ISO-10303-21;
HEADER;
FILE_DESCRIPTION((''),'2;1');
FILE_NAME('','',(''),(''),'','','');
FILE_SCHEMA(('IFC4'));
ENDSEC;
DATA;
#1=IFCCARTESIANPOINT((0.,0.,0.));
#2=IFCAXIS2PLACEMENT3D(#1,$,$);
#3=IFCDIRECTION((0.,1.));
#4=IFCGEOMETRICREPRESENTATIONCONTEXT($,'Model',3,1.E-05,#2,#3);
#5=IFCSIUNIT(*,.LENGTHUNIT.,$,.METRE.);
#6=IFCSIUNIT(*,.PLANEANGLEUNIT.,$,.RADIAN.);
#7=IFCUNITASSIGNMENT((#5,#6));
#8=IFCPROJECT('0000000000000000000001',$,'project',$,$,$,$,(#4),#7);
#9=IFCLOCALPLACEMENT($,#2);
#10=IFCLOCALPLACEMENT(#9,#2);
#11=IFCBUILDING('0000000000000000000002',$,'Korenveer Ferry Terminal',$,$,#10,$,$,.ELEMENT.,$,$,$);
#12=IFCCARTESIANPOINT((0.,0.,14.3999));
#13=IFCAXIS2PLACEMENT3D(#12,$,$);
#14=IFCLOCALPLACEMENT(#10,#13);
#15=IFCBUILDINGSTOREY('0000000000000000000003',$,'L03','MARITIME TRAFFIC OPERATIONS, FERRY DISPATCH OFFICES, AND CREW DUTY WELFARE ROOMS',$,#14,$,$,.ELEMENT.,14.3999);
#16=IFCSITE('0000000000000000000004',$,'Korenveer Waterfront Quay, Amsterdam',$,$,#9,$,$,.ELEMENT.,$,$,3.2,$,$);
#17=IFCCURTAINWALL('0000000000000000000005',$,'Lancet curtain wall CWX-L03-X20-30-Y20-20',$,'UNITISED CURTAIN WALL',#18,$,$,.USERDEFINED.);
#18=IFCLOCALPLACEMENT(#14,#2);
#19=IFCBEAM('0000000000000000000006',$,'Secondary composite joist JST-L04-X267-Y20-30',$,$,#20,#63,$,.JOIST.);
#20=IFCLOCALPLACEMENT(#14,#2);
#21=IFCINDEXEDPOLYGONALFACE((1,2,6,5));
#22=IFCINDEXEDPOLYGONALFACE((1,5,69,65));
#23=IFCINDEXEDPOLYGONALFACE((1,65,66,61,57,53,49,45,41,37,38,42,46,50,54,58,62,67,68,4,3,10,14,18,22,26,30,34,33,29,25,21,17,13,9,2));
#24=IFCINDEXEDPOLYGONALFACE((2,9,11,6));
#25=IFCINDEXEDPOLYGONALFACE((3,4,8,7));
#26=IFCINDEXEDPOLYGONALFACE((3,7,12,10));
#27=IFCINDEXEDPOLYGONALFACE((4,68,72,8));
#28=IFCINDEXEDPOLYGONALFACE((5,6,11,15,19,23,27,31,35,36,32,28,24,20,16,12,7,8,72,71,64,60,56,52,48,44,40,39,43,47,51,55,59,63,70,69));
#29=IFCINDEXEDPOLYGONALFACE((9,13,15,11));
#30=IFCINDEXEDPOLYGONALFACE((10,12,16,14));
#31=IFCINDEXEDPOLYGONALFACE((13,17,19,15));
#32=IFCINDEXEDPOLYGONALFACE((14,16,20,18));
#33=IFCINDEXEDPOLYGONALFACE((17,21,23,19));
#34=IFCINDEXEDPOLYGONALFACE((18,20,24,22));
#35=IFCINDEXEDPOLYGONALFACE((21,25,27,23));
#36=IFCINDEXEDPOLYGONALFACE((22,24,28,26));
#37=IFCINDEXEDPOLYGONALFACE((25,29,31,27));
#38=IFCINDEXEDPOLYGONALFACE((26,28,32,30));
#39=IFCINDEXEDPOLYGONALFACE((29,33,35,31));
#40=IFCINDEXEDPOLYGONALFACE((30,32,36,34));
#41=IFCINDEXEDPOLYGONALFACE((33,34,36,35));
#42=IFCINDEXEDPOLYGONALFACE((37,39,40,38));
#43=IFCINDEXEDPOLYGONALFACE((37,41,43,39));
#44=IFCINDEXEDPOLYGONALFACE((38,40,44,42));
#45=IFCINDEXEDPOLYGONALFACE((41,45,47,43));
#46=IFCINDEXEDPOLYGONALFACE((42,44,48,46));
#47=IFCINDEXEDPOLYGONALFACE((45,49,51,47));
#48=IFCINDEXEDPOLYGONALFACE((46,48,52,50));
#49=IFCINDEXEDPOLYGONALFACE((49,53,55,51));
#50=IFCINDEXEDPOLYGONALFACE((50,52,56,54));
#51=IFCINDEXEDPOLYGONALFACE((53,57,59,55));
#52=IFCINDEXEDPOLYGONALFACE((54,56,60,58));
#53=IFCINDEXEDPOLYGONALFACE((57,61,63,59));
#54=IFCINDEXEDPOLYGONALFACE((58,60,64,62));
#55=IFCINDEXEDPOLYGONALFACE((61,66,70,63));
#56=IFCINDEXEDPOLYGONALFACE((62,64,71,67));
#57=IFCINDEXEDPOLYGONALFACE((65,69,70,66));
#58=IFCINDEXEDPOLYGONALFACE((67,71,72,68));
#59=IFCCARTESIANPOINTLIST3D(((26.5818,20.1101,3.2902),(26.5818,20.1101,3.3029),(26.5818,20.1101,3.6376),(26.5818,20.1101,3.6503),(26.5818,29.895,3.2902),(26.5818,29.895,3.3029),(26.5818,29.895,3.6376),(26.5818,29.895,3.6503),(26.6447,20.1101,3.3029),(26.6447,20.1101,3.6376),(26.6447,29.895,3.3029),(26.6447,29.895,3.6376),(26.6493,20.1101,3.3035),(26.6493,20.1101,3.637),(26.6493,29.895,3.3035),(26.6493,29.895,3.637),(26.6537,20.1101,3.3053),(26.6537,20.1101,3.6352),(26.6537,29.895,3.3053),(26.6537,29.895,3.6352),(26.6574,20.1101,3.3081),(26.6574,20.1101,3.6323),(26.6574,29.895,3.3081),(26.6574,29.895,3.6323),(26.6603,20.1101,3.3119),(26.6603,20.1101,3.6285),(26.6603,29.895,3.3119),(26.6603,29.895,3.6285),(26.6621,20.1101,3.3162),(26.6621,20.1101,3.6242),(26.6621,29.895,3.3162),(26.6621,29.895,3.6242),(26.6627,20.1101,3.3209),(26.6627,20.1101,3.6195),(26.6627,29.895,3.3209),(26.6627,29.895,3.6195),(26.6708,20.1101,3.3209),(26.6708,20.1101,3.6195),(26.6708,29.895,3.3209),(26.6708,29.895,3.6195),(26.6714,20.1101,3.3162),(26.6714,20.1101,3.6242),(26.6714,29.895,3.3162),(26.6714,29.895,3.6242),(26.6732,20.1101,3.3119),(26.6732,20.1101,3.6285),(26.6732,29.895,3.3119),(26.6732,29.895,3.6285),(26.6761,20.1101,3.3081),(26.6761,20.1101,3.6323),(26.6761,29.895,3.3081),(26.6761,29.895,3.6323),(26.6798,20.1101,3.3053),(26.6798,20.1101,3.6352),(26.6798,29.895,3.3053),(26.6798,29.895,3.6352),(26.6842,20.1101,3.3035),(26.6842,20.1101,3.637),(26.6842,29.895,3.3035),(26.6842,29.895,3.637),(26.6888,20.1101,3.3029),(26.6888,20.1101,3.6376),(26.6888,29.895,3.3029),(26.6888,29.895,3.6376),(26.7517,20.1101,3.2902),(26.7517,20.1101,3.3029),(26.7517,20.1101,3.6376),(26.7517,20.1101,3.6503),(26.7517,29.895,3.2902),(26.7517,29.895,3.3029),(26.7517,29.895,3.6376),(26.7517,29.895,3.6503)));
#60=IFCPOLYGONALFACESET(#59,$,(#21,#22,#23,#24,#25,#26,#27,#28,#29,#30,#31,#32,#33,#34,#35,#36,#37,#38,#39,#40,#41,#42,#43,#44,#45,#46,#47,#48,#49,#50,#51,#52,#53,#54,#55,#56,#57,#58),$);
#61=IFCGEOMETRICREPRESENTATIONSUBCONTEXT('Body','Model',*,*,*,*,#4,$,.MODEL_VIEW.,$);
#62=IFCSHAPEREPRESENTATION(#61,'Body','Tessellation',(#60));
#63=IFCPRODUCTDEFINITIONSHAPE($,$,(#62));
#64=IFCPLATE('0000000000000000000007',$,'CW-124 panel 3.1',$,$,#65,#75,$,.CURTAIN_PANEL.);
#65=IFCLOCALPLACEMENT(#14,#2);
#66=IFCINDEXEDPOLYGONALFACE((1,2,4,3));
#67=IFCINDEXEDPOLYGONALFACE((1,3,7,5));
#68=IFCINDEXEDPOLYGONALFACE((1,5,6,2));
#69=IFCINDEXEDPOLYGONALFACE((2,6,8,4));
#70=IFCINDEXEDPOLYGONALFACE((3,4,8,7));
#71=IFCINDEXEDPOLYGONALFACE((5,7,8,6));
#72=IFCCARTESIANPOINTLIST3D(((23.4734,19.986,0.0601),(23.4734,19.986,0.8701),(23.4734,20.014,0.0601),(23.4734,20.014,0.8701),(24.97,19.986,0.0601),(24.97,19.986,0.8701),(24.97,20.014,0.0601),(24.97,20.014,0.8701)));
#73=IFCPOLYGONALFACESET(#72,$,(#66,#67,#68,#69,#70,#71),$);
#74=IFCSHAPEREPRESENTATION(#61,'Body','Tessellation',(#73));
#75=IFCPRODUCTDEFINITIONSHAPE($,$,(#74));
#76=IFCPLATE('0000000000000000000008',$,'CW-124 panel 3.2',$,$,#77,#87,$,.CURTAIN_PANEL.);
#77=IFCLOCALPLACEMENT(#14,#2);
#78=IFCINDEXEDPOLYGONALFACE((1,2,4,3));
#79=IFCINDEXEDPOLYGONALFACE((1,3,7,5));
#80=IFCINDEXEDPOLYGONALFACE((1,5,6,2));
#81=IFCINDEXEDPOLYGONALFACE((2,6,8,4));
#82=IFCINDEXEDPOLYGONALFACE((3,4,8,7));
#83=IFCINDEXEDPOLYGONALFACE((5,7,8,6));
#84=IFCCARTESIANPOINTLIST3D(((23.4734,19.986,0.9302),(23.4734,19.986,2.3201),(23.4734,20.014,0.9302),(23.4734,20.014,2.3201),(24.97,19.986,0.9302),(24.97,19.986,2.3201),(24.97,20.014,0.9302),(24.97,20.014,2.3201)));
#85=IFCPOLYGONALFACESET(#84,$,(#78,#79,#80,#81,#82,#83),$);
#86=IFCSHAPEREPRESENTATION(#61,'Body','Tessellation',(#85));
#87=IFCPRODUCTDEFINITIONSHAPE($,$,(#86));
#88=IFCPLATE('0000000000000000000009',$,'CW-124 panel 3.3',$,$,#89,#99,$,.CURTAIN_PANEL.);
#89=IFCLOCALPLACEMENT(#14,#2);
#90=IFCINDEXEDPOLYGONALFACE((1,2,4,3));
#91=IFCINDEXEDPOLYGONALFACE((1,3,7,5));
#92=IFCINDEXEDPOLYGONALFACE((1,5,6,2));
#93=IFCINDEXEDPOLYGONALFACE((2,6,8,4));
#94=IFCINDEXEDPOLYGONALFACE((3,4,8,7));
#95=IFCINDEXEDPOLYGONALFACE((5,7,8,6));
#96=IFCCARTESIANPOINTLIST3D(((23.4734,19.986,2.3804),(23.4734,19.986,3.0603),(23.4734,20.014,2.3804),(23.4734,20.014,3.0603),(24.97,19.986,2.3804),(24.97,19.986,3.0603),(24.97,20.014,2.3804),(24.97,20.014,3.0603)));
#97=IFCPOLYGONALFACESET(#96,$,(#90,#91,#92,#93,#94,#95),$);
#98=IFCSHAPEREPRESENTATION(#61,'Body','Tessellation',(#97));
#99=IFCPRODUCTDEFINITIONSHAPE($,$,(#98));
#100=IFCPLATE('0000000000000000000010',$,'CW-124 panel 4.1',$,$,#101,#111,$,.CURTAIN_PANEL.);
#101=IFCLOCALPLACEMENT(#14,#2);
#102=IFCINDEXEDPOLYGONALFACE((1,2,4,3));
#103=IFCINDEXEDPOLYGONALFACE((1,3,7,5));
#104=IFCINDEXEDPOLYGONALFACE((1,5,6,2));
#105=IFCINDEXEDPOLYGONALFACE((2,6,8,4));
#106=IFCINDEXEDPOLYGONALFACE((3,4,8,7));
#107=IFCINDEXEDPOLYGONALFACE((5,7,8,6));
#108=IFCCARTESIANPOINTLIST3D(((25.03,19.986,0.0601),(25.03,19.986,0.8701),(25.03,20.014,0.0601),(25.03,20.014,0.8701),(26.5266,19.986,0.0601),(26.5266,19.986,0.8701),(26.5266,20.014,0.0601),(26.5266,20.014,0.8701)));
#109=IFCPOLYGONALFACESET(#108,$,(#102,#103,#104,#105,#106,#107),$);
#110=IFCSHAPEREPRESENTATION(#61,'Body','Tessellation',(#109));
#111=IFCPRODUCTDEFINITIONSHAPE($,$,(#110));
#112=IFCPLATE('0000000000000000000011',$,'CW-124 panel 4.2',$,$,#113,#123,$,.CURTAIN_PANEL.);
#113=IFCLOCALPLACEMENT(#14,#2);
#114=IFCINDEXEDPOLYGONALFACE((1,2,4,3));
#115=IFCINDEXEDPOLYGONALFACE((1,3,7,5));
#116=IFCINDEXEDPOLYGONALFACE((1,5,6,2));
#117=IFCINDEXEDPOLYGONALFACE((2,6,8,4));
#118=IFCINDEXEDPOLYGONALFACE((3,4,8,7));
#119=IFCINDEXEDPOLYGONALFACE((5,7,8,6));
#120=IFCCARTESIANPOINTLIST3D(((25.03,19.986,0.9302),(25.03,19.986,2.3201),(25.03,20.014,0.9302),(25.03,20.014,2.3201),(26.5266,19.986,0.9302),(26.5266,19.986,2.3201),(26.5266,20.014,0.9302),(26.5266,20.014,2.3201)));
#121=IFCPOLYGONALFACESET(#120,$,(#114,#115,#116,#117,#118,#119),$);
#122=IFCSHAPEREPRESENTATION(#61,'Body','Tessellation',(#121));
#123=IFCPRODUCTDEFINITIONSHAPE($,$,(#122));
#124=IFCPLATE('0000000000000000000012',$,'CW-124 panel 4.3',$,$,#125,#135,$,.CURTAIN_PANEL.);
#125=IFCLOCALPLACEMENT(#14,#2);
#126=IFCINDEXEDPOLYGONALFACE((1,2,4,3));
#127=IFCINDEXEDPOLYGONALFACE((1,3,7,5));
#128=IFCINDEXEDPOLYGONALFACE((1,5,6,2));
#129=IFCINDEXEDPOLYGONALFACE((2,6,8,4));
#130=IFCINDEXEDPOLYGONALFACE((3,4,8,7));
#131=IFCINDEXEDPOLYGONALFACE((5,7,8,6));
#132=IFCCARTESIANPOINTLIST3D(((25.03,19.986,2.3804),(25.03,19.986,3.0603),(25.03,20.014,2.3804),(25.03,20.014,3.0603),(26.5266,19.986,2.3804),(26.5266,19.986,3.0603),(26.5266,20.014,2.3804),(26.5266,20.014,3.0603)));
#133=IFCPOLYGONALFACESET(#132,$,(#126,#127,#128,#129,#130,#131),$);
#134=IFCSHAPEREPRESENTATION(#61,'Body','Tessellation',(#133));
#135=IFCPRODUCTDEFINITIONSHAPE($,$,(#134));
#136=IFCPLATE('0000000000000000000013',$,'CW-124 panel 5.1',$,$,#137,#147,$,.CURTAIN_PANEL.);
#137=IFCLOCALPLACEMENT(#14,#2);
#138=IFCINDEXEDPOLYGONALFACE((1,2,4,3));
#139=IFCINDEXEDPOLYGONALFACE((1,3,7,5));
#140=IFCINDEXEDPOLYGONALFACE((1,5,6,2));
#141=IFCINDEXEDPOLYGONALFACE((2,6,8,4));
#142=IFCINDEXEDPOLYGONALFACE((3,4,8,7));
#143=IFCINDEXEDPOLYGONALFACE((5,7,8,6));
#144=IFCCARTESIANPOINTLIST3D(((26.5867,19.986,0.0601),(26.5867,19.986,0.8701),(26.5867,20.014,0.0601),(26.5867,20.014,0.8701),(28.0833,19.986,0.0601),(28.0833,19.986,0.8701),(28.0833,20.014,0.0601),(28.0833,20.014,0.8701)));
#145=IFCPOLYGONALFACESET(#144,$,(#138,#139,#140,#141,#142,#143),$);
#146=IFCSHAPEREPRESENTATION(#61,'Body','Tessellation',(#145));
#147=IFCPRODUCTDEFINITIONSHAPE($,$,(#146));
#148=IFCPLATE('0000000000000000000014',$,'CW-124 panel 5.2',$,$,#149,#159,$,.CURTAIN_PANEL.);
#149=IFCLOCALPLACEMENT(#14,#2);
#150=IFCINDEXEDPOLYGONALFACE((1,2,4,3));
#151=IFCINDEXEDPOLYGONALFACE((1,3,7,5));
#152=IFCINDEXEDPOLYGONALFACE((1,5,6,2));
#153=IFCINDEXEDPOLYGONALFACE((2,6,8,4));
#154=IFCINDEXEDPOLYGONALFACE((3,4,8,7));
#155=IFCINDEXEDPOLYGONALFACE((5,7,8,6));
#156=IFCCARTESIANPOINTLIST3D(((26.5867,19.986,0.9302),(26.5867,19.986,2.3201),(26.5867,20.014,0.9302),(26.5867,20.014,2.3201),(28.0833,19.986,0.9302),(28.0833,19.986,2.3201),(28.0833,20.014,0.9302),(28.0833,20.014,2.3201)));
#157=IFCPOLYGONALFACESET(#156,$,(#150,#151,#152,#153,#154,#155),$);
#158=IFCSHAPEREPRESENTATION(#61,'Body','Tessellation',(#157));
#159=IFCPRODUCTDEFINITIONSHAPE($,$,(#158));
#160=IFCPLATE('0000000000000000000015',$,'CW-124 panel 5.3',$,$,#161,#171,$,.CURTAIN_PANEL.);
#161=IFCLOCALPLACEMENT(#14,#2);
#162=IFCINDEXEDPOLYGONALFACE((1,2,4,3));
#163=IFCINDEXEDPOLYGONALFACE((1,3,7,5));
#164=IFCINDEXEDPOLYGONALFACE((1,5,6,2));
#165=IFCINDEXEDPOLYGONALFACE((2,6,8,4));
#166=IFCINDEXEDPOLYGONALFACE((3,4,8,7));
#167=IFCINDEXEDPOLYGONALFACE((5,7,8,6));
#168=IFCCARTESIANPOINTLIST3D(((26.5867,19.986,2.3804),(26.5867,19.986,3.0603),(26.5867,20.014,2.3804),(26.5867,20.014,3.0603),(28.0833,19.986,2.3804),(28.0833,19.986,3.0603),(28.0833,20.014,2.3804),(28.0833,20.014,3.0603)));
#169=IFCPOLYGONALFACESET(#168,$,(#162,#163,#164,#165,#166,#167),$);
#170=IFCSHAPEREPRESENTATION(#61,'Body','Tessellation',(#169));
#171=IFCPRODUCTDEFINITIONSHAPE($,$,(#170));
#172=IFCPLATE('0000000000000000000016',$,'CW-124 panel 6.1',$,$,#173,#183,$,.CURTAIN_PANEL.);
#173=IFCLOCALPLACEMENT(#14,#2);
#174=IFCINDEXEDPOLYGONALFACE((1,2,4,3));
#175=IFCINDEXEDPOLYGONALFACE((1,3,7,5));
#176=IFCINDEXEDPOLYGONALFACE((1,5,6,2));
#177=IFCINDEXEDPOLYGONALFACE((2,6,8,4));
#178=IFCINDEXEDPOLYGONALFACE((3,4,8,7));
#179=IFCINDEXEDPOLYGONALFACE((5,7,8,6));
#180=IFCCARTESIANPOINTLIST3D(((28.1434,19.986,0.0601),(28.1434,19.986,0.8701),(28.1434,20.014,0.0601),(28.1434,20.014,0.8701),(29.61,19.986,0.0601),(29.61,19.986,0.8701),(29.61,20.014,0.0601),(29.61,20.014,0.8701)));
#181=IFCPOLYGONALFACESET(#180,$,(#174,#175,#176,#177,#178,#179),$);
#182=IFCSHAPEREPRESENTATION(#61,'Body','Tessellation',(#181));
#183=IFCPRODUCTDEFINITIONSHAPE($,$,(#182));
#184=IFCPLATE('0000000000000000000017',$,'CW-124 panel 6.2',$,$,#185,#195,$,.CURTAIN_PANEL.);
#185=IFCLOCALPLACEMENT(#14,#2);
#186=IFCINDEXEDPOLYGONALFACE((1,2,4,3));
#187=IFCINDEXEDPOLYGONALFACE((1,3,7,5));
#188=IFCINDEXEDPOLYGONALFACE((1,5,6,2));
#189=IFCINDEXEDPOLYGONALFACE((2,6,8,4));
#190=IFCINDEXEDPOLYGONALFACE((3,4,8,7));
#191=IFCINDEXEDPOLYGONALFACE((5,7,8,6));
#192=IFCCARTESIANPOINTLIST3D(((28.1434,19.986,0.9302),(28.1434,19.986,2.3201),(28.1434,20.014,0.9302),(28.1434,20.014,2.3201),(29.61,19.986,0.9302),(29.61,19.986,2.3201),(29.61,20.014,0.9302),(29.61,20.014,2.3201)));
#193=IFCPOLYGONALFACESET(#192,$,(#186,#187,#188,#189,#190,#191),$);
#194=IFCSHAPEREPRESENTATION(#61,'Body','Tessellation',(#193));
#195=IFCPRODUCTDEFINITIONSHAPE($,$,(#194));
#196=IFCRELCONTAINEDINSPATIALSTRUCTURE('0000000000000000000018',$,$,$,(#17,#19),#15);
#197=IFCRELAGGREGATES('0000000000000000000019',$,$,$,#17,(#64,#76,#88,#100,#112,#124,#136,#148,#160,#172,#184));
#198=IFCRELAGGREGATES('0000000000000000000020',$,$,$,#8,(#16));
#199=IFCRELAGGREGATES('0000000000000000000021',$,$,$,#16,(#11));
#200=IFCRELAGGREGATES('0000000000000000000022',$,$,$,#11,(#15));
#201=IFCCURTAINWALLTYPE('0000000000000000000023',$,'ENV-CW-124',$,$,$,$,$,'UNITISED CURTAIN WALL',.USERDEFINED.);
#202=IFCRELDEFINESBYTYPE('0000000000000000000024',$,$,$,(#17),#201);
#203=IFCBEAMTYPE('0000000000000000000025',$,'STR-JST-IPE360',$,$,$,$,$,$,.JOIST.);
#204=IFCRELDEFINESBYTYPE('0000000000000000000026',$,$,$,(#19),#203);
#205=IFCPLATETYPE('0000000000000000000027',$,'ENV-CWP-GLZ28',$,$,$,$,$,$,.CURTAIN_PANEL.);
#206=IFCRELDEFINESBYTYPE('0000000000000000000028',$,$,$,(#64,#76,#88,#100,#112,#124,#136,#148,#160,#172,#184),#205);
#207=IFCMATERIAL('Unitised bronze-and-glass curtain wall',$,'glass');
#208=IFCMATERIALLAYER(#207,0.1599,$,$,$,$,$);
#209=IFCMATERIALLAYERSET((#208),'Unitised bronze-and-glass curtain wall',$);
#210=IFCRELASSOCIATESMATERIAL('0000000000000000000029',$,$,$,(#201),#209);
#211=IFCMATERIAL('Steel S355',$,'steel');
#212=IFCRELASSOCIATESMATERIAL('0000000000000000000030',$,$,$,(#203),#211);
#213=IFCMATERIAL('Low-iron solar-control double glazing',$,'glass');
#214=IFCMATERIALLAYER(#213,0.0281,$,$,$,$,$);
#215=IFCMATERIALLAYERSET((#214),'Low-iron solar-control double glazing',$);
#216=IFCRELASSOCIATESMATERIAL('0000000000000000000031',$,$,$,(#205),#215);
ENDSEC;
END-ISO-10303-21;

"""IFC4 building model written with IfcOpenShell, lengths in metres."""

from ifc_helpers import new_model, si_unit, direction, frame, origin, origin_2d, place, context, subcontext, project, spatial, rectangle, i_section, extrude, material, layer, layer_set, material_profile, profile_set, type_object, element, aggregate, save


model = new_model("IFC4")

# Units and contexts
model_context = context("Model", 3, precision=1e-05, world=origin(), true_north=direction((0.0, 1.0)))
body_context = subcontext(model_context, "Body", "Model", "MODEL_VIEW")
ifc_project = project(units=[si_unit("LENGTHUNIT", "METRE"), si_unit("PLANEANGLEUNIT", "RADIAN")], contexts=[model_context])

# Site, building, storey
site_placement = place(None, origin())
site = spatial("IfcSite", under=ifc_project, at=site_placement, Name="Korenveer Waterfront Quay, Amsterdam", CompositionType="ELEMENT", RefElevation=3.2)
building_placement = place(site_placement, origin())
building = spatial("IfcBuilding", under=site, at=building_placement, Name="Korenveer Ferry Terminal", CompositionType="ELEMENT")
storey_placement = place(building_placement, frame((0.0, 0.0, 14.3999)))
storey = spatial("IfcBuildingStorey", under=building, at=storey_placement, Name="L03", Description="MARITIME TRAFFIC OPERATIONS, FERRY DISPATCH OFFICES, AND CREW DUTY WELFARE ROOMS", CompositionType="ELEMENT", Elevation=14.3999)

# Curtain wall
ifc_material_1 = material(Name="Unitised bronze-and-glass curtain wall", Category="glass")
ifc_layer_1 = layer(ifc_material_1, 0.1599)
ifc_layer_set_1 = layer_set([ifc_layer_1], Name="Unitised bronze-and-glass curtain wall")
curtain_wall_type_1 = type_object("IfcCurtainWallType", Name="ENV-CW-124", ElementType="UNITISED CURTAIN WALL", PredefinedType="USERDEFINED", material=ifc_layer_set_1)
curtain_wall_1_placement = place(storey_placement, frame((20.3301, 20.0, 0.0)))
curtain_wall_1 = element("IfcCurtainWall", 1, at=curtain_wall_1_placement, inside=storey, type_object=curtain_wall_type_1, Name="Lancet curtain wall CWX-L03-X20-30-Y20-20", ObjectType="UNITISED CURTAIN WALL", PredefinedType="USERDEFINED")

# Beam
ifc_material_2 = material(Name="Steel S355", Category="steel")
ifc_material_profile_1 = material_profile(ifc_material_2, i_section(OverallWidth=0.1699, OverallDepth=0.3601, WebThickness=0.0081, FlangeThickness=0.0127, FilletRadius=0.0181, at=origin_2d()), Name="IPE 360")
ifc_profile_set_1 = profile_set([ifc_material_profile_1], Name="Steel S355")
beam_type_1 = type_object("IfcBeamType", Name="STR-JST-IPE360", PredefinedType="JOIST", material=ifc_profile_set_1)
for number, where, z_axis, x_axis, name in (
    (2, (26.6667, 20.1101, 3.4702), (0.0, 1.0, 0.0), (-1.0, 0.0, 0.0), "Secondary composite joist JST-L04-X267-Y20-30"),
):
    element("IfcBeam", number, at=place(storey_placement, frame(where, z_axis=z_axis, x_axis=x_axis)), inside=storey, type_object=beam_type_1, Name=name, PredefinedType="JOIST", context=body_context, shape_type="SweptSolid", body=[
        extrude(i_section(OverallWidth=0.1699, OverallDepth=0.3601, WebThickness=0.0081, FlangeThickness=0.0127, FilletRadius=0.0181, at=origin_2d()), origin(), (0.0, 0.0, 1.0), 9.7849),
    ])

# Plates
ifc_material_3 = material(Name="Low-iron solar-control double glazing", Category="glass")
ifc_layer_2 = layer(ifc_material_3, 0.0281)
ifc_layer_set_2 = layer_set([ifc_layer_2], Name="Low-iron solar-control double glazing")
plate_type = type_object("IfcPlateType", Name="ENV-CWP-GLZ28", PredefinedType="CURTAIN_PANEL", material=ifc_layer_set_2)
plate_1_placement = place(storey_placement, frame((24.2217, 20.0, 0.0601), z_axis=(0.0, 0.0, 1.0), x_axis=(1.0, 0.0, 0.0)))
plate_1 = element("IfcPlate", 3, at=plate_1_placement, type_object=plate_type, Name="CW-124 panel 3.1", PredefinedType="CURTAIN_PANEL", context=body_context, shape_type="SweptSolid", body=[
    extrude(rectangle(XDim=1.4966, YDim=0.0281, at=origin_2d()), origin(), (0.0, 0.0, 1.0), 0.8101),
])
plate_2_placement = place(storey_placement, frame((24.2217, 20.0, 0.9302), z_axis=(0.0, 0.0, 1.0), x_axis=(1.0, 0.0, 0.0)))
plate_2 = element("IfcPlate", 4, at=plate_2_placement, type_object=plate_type, Name="CW-124 panel 3.2", PredefinedType="CURTAIN_PANEL", context=body_context, shape_type="SweptSolid", body=[
    extrude(rectangle(XDim=1.4966, YDim=0.0281, at=origin_2d()), origin(), (0.0, 0.0, 1.0), 1.3899),
])
plate_3_placement = place(storey_placement, frame((24.2217, 20.0, 2.3804), z_axis=(0.0, 0.0, 1.0), x_axis=(1.0, 0.0, 0.0)))
plate_3 = element("IfcPlate", 5, at=plate_3_placement, type_object=plate_type, Name="CW-124 panel 3.3", PredefinedType="CURTAIN_PANEL", context=body_context, shape_type="SweptSolid", body=[
    extrude(rectangle(XDim=1.4966, YDim=0.0281, at=origin_2d()), origin(), (0.0, 0.0, 1.0), 0.6799),
])
plate_4_placement = place(storey_placement, frame((25.7783, 20.0, 0.0601), z_axis=(0.0, 0.0, 1.0), x_axis=(1.0, 0.0, 0.0)))
plate_4 = element("IfcPlate", 6, at=plate_4_placement, type_object=plate_type, Name="CW-124 panel 4.1", PredefinedType="CURTAIN_PANEL", context=body_context, shape_type="SweptSolid", body=[
    extrude(rectangle(XDim=1.4966, YDim=0.0281, at=origin_2d()), origin(), (0.0, 0.0, 1.0), 0.8101),
])
plate_5_placement = place(storey_placement, frame((25.7783, 20.0, 0.9302), z_axis=(0.0, 0.0, 1.0), x_axis=(1.0, 0.0, 0.0)))
plate_5 = element("IfcPlate", 7, at=plate_5_placement, type_object=plate_type, Name="CW-124 panel 4.2", PredefinedType="CURTAIN_PANEL", context=body_context, shape_type="SweptSolid", body=[
    extrude(rectangle(XDim=1.4966, YDim=0.0281, at=origin_2d()), origin(), (0.0, 0.0, 1.0), 1.3899),
])
plate_6_placement = place(storey_placement, frame((25.7783, 20.0, 2.3804), z_axis=(0.0, 0.0, 1.0), x_axis=(1.0, 0.0, 0.0)))
plate_6 = element("IfcPlate", 8, at=plate_6_placement, type_object=plate_type, Name="CW-124 panel 4.3", PredefinedType="CURTAIN_PANEL", context=body_context, shape_type="SweptSolid", body=[
    extrude(rectangle(XDim=1.4966, YDim=0.0281, at=origin_2d()), origin(), (0.0, 0.0, 1.0), 0.6799),
])
plate_7_placement = place(storey_placement, frame((27.335, 20.0, 0.0601), z_axis=(0.0, 0.0, 1.0), x_axis=(1.0, 0.0, 0.0)))
plate_7 = element("IfcPlate", 9, at=plate_7_placement, type_object=plate_type, Name="CW-124 panel 5.1", PredefinedType="CURTAIN_PANEL", context=body_context, shape_type="SweptSolid", body=[
    extrude(rectangle(XDim=1.4966, YDim=0.0281, at=origin_2d()), origin(), (0.0, 0.0, 1.0), 0.8101),
])
plate_8_placement = place(storey_placement, frame((27.335, 20.0, 0.9302), z_axis=(0.0, 0.0, 1.0), x_axis=(1.0, 0.0, 0.0)))
plate_8 = element("IfcPlate", 10, at=plate_8_placement, type_object=plate_type, Name="CW-124 panel 5.2", PredefinedType="CURTAIN_PANEL", context=body_context, shape_type="SweptSolid", body=[
    extrude(rectangle(XDim=1.4966, YDim=0.0281, at=origin_2d()), origin(), (0.0, 0.0, 1.0), 1.3899),
])
plate_9_placement = place(storey_placement, frame((27.335, 20.0, 2.3804), z_axis=(0.0, 0.0, 1.0), x_axis=(1.0, 0.0, 0.0)))
plate_9 = element("IfcPlate", 11, at=plate_9_placement, type_object=plate_type, Name="CW-124 panel 5.3", PredefinedType="CURTAIN_PANEL", context=body_context, shape_type="SweptSolid", body=[
    extrude(rectangle(XDim=1.4966, YDim=0.0281, at=origin_2d()), origin(), (0.0, 0.0, 1.0), 0.6799),
])
plate_10_placement = place(storey_placement, frame((28.8767, 20.0, 0.0601), z_axis=(0.0, 0.0, 1.0), x_axis=(1.0, 0.0, 0.0)))
plate_10 = element("IfcPlate", 12, at=plate_10_placement, type_object=plate_type, Name="CW-124 panel 6.1", PredefinedType="CURTAIN_PANEL", context=body_context, shape_type="SweptSolid", body=[
    extrude(rectangle(XDim=1.4666, YDim=0.0281, at=origin_2d()), origin(), (0.0, 0.0, 1.0), 0.8101),
])
plate_11_placement = place(storey_placement, frame((28.8767, 20.0, 0.9302), z_axis=(0.0, 0.0, 1.0), x_axis=(1.0, 0.0, 0.0)))
plate_11 = element("IfcPlate", 13, at=plate_11_placement, type_object=plate_type, Name="CW-124 panel 6.2", PredefinedType="CURTAIN_PANEL", context=body_context, shape_type="SweptSolid", body=[
    extrude(rectangle(XDim=1.4666, YDim=0.0281, at=origin_2d()), origin(), (0.0, 0.0, 1.0), 1.3899),
])
aggregate(curtain_wall_1, [plate_1, plate_2, plate_3, plate_4, plate_5, plate_6, plate_7, plate_8, plate_9, plate_10, plate_11])

save(model, "model.ifc")
